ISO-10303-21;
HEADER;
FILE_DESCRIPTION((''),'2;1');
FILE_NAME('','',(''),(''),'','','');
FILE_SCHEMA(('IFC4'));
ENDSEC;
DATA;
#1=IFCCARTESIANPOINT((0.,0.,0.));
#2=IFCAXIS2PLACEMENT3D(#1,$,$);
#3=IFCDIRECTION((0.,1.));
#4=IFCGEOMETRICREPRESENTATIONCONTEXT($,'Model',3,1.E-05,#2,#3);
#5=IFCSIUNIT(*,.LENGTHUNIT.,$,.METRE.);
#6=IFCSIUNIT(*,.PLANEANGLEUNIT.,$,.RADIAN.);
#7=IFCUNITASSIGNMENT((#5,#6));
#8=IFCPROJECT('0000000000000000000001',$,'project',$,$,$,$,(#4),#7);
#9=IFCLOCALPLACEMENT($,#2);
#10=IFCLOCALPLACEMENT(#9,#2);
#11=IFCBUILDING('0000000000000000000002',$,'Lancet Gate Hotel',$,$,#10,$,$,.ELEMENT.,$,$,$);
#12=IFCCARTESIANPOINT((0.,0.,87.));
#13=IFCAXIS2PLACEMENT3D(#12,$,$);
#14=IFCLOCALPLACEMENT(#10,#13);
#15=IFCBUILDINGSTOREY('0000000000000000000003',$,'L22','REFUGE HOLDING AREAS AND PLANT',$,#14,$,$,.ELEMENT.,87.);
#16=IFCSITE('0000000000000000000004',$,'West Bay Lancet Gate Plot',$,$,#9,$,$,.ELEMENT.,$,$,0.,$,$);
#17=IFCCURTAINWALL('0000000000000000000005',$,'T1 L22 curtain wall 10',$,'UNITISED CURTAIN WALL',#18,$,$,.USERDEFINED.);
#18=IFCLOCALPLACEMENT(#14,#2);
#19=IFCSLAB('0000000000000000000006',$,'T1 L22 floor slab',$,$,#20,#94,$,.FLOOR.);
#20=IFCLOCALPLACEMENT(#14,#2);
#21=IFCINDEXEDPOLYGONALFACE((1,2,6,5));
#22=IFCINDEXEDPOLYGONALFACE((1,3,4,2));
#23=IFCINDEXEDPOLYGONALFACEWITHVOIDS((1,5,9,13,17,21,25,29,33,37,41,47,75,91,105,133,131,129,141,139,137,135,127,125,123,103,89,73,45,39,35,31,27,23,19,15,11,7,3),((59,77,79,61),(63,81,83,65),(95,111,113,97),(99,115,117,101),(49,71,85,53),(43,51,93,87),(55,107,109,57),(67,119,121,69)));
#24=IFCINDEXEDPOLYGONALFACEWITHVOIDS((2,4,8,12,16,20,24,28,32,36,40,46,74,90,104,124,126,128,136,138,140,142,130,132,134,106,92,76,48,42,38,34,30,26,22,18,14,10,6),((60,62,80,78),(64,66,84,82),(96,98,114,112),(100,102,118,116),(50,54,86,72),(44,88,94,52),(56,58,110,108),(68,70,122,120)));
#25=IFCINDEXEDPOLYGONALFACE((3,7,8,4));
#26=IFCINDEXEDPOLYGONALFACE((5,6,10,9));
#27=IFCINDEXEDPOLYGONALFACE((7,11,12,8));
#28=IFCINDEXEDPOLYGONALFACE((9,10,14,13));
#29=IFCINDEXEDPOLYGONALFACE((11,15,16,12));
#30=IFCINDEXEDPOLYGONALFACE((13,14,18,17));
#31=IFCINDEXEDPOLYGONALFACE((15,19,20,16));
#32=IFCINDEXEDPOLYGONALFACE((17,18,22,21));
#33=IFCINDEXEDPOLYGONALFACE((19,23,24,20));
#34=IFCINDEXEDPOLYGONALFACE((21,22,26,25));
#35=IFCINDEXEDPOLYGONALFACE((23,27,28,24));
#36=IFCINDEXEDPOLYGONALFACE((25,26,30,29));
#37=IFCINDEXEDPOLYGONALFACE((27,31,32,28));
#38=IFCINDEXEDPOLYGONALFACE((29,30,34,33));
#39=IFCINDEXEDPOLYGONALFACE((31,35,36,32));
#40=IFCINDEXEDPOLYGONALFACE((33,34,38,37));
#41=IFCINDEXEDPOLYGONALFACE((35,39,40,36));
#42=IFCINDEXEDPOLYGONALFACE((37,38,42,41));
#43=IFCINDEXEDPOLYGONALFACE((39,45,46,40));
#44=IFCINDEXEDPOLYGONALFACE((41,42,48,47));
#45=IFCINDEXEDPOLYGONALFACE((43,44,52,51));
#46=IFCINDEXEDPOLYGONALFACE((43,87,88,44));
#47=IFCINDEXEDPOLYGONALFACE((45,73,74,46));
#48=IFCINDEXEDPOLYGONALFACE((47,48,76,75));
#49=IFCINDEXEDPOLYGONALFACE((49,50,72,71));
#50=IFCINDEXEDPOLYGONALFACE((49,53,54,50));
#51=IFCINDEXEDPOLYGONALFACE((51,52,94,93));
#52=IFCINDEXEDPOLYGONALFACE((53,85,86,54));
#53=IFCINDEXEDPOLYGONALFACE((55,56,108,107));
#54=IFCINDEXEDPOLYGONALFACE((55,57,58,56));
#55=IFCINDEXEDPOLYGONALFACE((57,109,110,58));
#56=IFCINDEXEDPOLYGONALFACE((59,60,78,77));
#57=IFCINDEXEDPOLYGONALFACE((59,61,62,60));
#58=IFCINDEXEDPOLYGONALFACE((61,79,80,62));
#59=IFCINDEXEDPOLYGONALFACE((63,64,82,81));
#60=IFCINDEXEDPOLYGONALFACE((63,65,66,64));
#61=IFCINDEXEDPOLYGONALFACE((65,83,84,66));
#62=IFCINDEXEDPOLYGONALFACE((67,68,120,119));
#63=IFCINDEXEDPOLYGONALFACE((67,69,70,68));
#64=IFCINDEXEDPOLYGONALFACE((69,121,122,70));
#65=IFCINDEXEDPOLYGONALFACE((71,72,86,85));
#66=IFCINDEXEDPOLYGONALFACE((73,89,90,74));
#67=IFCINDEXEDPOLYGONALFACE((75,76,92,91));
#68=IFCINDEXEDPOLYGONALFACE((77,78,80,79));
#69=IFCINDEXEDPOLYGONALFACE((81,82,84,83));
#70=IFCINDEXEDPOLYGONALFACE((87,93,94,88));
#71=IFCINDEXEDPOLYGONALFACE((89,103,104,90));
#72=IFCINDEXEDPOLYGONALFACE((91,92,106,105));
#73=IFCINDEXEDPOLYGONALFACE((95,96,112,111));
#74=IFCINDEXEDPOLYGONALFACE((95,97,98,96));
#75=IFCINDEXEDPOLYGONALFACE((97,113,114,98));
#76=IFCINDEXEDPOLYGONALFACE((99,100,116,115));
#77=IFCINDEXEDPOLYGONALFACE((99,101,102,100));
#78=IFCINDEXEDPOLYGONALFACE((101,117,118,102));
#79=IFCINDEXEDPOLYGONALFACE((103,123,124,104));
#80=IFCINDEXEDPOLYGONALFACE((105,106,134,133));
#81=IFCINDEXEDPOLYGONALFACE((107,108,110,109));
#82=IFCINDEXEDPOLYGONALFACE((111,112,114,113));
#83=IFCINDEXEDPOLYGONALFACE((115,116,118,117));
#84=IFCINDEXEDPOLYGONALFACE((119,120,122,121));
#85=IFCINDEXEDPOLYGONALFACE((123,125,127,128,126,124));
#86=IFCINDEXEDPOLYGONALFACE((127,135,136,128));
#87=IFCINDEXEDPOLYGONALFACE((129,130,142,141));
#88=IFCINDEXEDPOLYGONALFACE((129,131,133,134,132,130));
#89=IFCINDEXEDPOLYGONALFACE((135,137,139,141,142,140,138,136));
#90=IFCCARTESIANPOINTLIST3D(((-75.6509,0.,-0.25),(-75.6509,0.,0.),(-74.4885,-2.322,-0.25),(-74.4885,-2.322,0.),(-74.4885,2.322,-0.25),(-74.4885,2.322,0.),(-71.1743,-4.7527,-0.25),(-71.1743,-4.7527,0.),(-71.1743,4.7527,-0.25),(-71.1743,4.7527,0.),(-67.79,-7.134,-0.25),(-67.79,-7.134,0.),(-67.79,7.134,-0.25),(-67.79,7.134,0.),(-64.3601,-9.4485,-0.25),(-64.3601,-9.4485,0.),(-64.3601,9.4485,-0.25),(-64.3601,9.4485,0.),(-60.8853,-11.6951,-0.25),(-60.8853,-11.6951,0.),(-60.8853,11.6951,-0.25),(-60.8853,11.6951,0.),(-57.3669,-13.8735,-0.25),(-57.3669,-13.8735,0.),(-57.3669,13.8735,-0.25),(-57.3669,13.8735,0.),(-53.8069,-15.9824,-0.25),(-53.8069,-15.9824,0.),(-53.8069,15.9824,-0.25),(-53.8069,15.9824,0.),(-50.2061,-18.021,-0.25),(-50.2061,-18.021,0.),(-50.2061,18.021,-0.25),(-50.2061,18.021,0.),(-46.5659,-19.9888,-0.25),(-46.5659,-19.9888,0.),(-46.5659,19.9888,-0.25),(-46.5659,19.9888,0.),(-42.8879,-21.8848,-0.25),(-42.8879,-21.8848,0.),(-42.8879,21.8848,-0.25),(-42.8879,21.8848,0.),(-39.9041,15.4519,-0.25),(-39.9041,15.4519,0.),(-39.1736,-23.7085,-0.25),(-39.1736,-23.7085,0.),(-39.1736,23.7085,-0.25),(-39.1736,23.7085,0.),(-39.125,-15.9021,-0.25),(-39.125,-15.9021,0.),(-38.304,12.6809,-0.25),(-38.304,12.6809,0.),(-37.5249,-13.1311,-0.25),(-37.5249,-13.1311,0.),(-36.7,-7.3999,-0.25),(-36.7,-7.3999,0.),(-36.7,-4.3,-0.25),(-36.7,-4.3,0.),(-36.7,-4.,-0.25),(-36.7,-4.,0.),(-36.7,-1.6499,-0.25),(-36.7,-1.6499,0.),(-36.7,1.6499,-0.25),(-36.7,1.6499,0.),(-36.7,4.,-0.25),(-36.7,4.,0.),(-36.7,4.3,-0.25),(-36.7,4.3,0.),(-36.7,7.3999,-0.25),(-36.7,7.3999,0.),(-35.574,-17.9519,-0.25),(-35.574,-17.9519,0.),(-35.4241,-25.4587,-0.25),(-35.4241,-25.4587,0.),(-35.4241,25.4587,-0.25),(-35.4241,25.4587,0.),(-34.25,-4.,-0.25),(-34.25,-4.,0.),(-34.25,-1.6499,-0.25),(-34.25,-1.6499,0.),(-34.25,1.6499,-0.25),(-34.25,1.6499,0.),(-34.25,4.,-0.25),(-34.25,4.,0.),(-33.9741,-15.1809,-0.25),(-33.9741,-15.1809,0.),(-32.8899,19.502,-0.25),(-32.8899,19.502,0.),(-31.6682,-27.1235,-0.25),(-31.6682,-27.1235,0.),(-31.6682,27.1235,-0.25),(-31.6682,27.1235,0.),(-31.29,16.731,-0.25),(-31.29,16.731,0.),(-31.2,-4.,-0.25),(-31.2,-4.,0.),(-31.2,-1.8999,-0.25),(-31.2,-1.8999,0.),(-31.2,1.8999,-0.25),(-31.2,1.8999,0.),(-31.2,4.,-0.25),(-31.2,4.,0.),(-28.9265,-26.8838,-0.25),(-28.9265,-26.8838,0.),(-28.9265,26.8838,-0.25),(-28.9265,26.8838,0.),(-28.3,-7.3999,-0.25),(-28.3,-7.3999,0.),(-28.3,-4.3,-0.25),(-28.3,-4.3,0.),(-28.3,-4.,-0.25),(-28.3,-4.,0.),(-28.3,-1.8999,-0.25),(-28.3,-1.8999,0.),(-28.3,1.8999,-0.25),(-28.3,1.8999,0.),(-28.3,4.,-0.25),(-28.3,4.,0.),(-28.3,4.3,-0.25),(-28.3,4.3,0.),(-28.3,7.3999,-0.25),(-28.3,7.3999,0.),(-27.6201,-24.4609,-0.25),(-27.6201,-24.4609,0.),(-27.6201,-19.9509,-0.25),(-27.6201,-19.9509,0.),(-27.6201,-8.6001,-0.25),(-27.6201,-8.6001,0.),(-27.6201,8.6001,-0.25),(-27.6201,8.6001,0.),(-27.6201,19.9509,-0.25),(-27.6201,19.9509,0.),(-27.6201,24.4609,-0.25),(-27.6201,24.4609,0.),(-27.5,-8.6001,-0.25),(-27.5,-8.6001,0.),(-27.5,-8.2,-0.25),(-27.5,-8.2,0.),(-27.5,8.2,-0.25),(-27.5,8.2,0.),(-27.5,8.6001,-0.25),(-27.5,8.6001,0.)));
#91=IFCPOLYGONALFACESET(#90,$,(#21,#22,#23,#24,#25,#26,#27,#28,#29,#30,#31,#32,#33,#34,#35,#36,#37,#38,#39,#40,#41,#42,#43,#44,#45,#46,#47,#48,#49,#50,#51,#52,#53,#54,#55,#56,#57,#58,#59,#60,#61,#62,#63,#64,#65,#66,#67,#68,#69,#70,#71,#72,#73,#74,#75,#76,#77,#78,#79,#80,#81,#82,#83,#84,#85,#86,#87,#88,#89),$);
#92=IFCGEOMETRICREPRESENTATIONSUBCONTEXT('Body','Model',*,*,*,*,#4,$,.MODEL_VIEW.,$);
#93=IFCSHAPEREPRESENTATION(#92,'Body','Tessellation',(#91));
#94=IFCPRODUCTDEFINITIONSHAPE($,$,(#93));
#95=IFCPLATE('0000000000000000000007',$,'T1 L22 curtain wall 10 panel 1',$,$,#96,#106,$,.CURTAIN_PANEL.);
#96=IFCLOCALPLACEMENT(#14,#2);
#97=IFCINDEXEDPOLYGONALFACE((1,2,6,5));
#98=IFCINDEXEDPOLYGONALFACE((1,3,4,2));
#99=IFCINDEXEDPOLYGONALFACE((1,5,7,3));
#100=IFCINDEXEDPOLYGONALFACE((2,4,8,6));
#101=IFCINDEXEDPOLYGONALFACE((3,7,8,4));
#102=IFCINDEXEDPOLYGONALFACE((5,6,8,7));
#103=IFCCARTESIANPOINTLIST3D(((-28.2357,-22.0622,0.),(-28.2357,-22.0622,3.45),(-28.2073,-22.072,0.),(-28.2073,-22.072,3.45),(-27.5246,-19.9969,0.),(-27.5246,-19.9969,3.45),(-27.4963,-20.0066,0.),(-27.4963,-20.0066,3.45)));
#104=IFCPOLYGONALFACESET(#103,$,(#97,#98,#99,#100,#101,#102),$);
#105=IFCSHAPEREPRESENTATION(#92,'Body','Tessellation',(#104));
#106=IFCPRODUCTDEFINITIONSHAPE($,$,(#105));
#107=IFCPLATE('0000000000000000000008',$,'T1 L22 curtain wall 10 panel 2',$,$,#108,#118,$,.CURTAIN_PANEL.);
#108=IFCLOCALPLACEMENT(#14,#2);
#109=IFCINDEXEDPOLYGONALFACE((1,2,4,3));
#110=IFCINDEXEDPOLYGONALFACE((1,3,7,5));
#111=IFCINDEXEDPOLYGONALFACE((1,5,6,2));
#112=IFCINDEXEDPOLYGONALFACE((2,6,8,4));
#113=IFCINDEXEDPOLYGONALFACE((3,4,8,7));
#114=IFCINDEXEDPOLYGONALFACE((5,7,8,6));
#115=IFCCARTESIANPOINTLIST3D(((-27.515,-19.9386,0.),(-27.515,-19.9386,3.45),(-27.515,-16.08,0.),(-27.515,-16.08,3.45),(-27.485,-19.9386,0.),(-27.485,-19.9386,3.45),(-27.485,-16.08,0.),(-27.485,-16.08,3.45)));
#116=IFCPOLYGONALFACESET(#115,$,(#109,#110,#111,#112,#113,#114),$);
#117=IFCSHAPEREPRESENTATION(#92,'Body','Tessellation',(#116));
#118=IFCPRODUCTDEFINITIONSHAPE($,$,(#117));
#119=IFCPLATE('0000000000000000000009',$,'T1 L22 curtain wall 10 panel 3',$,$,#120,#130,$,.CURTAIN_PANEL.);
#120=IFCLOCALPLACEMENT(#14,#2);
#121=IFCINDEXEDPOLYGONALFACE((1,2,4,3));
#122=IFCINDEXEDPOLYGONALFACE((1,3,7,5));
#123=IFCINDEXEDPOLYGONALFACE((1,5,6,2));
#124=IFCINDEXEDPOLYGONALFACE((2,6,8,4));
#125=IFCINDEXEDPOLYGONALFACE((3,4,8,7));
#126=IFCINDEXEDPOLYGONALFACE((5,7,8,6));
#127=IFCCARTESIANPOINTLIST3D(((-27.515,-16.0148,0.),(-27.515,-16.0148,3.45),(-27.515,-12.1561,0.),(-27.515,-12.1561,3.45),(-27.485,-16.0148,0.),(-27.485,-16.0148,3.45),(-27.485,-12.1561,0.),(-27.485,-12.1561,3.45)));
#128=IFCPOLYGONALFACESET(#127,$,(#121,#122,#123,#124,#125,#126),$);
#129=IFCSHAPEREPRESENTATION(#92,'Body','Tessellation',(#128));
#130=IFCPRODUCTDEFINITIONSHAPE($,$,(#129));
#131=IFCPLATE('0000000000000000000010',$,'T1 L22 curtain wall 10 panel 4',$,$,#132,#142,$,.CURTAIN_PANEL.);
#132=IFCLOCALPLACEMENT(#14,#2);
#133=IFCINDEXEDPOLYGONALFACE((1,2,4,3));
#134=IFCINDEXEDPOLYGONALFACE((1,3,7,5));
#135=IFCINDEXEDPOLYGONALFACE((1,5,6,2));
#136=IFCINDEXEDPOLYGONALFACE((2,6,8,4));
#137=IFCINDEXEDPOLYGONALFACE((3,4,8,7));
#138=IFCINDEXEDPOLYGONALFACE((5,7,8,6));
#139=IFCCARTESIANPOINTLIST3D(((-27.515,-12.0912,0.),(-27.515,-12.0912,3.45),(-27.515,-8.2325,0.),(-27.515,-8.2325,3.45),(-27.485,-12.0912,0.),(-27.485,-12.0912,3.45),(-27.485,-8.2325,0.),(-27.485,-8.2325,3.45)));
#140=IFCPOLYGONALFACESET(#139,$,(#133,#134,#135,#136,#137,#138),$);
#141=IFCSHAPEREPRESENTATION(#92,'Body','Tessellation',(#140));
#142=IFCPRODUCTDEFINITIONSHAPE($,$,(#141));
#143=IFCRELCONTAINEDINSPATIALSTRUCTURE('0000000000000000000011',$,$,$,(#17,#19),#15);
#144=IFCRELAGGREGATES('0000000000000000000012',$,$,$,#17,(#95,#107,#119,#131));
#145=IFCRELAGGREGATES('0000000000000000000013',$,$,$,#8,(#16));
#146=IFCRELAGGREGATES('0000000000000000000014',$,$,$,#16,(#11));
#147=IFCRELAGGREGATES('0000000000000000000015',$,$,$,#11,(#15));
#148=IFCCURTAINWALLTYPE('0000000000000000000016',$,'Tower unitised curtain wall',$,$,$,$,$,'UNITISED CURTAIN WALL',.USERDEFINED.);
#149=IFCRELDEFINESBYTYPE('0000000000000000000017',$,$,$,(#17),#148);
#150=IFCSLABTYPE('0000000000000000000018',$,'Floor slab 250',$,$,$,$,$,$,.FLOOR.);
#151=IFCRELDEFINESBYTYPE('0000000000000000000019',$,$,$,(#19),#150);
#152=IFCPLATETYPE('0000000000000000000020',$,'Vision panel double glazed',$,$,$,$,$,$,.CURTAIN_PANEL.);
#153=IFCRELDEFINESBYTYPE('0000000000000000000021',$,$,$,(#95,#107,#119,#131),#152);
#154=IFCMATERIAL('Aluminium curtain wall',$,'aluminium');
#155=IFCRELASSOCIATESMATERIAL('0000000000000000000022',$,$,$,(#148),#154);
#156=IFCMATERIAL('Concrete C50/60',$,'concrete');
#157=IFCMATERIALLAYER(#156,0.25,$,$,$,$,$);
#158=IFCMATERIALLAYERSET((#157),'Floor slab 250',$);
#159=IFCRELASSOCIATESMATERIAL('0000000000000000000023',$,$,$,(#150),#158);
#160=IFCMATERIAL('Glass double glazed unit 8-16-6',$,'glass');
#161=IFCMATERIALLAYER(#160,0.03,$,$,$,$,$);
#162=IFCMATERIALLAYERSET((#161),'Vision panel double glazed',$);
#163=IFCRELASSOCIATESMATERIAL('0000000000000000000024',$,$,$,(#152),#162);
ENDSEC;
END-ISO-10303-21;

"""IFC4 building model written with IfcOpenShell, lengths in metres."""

from ifc_helpers import new_model, si_unit, direction, frame, origin, origin_2d, place, context, subcontext, project, spatial, polyline, rectangle, outline, extrude, material, layer, layer_set, type_object, element, aggregate, save


model = new_model("IFC4")

# Units and contexts
model_context = context("Model", 3, precision=1e-05, world=origin(), true_north=direction((0.0, 1.0)))
body_context = subcontext(model_context, "Body", "Model", "MODEL_VIEW")
ifc_project = project(units=[si_unit("LENGTHUNIT", "METRE"), si_unit("PLANEANGLEUNIT", "RADIAN")], contexts=[model_context])

# Site, building, storey
site_placement = place(None, origin())
site = spatial("IfcSite", under=ifc_project, at=site_placement, Name="West Bay Lancet Gate Plot", CompositionType="ELEMENT", RefElevation=0.0)
building_placement = place(site_placement, origin())
building = spatial("IfcBuilding", under=site, at=building_placement, Name="Lancet Gate Hotel", CompositionType="ELEMENT")
storey_placement = place(building_placement, frame((0.0, 0.0, 87.0)))
storey = spatial("IfcBuildingStorey", under=building, at=storey_placement, Name="L22", Description="REFUGE HOLDING AREAS AND PLANT", CompositionType="ELEMENT", Elevation=87.0)

# Curtain wall
ifc_material_1 = material(Name="Aluminium curtain wall", Category="aluminium")
curtain_wall_type = type_object("IfcCurtainWallType", Name="Tower unitised curtain wall", ElementType="UNITISED CURTAIN WALL", PredefinedType="USERDEFINED", material=ifc_material_1)
curtain_wall_placement = place(storey_placement, origin())
curtain_wall = element("IfcCurtainWall", 1, at=curtain_wall_placement, inside=storey, type_object=curtain_wall_type, Name="T1 L22 curtain wall 10", ObjectType="UNITISED CURTAIN WALL", PredefinedType="USERDEFINED")

# Slab
ifc_material_2 = material(Name="Concrete C50/60", Category="concrete")
ifc_layer_1 = layer(ifc_material_2, 0.25)
ifc_layer_set_1 = layer_set([ifc_layer_1], Name="Floor slab 250")
slab_type = type_object("IfcSlabType", Name="Floor slab 250", PredefinedType="FLOOR", material=ifc_layer_set_1)
slab_placement = place(storey_placement, frame((0.0, 0.0, -0.25)))
element("IfcSlab", 2, at=slab_placement, inside=storey, type_object=slab_type, Name="T1 L22 floor slab", PredefinedType="FLOOR", context=body_context, shape_type="SweptSolid", body=[
    extrude(outline(polyline([(-27.5, 8.2), (-27.5, 8.6001), (-27.6201, 8.6001), (-27.6201, 19.9509), (-27.6201, 24.4609), (-28.9265, 26.8838), (-31.6682, 27.1235), (-35.4241, 25.4587), (-39.1736, 23.7085), (-42.8879, 21.8848), (-46.5659, 19.9888), (-50.2061, 18.021), (-53.8069, 15.9824), (-57.3669, 13.8735), (-60.8853, 11.6951), (-64.3601, 9.4485), (-67.79, 7.134), (-71.1743, 4.7527), (-74.4885, 2.322), (-75.6509, 0.0), (-74.4885, -2.322), (-71.1743, -4.7527), (-67.79, -7.134), (-64.3601, -9.4485), (-60.8853, -11.6951), (-57.3669, -13.8735), (-53.8069, -15.9824), (-50.2061, -18.021), (-46.5659, -19.9888), (-42.8879, -21.8848), (-39.1736, -23.7085), (-35.4241, -25.4587), (-31.6682, -27.1235), (-28.9265, -26.8838), (-27.6201, -24.4609), (-27.6201, -19.9509), (-27.6201, -8.6001), (-27.5, -8.6001), (-27.5, -8.2), (-27.5, 8.2)]), holes=[polyline([(-36.7, 4.3), (-28.3, 4.3), (-28.3, 7.3999), (-36.7, 7.3999), (-36.7, 4.3)]), polyline([(-31.2, 4.0), (-31.2, 1.8999), (-28.3, 1.8999), (-28.3, 4.0), (-31.2, 4.0)]), polyline([(-36.7, 4.0), (-36.7, 1.6499), (-34.25, 1.6499), (-34.25, 4.0), (-36.7, 4.0)]), polyline([(-36.7, -4.0), (-34.25, -4.0), (-34.25, -1.6499), (-36.7, -1.6499), (-36.7, -4.0)]), polyline([(-31.2, -1.8999), (-31.2, -4.0), (-28.3, -4.0), (-28.3, -1.8999), (-31.2, -1.8999)]), polyline([(-36.7, -4.3), (-36.7, -7.3999), (-28.3, -7.3999), (-28.3, -4.3), (-36.7, -4.3)]), polyline([(-31.29, 16.731), (-32.8899, 19.502), (-39.9041, 15.4519), (-38.304, 12.6809), (-31.29, 16.731)]), polyline([(-33.9741, -15.1809), (-37.5249, -13.1311), (-39.125, -15.9021), (-35.574, -17.9519), (-33.9741, -15.1809)])]), origin(), (0.0, 0.0, 1.0), 0.25),
])

# Plates
ifc_material_3 = material(Name="Glass double glazed unit 8-16-6", Category="glass")
ifc_layer_2 = layer(ifc_material_3, 0.03)
ifc_layer_set_2 = layer_set([ifc_layer_2], Name="Vision panel double glazed")
plate_type = type_object("IfcPlateType", Name="Vision panel double glazed", PredefinedType="CURTAIN_PANEL", material=ifc_layer_set_2)
plate_1_placement = place(storey_placement, frame((-27.866, -21.0344, 0.0), z_axis=(0.0, 0.0, 1.0), x_axis=(0.325516, 0.945537, 0.0)))
plate_1 = element("IfcPlate", 3, at=plate_1_placement, type_object=plate_type, Name="T1 L22 curtain wall 10 panel 1", PredefinedType="CURTAIN_PANEL", context=body_context, shape_type="SweptSolid", body=[
    extrude(rectangle(XDim=2.1843, YDim=0.03, at=origin_2d()), origin(), (0.0, 0.0, 1.0), 3.45),
])
plate_2_placement = place(storey_placement, frame((-27.5, -18.0093, 0.0), z_axis=(0.0, 0.0, 1.0), x_axis=(0.0, 1.0, 0.0)))
plate_2 = element("IfcPlate", 4, at=plate_2_placement, type_object=plate_type, Name="T1 L22 curtain wall 10 panel 2", PredefinedType="CURTAIN_PANEL", context=body_context, shape_type="SweptSolid", body=[
    extrude(rectangle(XDim=3.8586, YDim=0.03, at=origin_2d()), origin(), (0.0, 0.0, 1.0), 3.45),
])
plate_3_placement = place(storey_placement, frame((-27.5, -14.0854, 0.0), z_axis=(0.0, 0.0, 1.0), x_axis=(0.0, 1.0, 0.0)))
plate_3 = element("IfcPlate", 5, at=plate_3_placement, type_object=plate_type, Name="T1 L22 curtain wall 10 panel 3", PredefinedType="CURTAIN_PANEL", context=body_context, shape_type="SweptSolid", body=[
    extrude(rectangle(XDim=3.8586, YDim=0.03, at=origin_2d()), origin(), (0.0, 0.0, 1.0), 3.45),
])
plate_4_placement = place(storey_placement, frame((-27.5, -10.1619, 0.0), z_axis=(0.0, 0.0, 1.0), x_axis=(0.0, 1.0, 0.0)))
plate_4 = element("IfcPlate", 6, at=plate_4_placement, type_object=plate_type, Name="T1 L22 curtain wall 10 panel 4", PredefinedType="CURTAIN_PANEL", context=body_context, shape_type="SweptSolid", body=[
    extrude(rectangle(XDim=3.8586, YDim=0.03, at=origin_2d()), origin(), (0.0, 0.0, 1.0), 3.45),
])
aggregate(curtain_wall, [plate_1, plate_2, plate_3, plate_4])

save(model, "model.ifc")
